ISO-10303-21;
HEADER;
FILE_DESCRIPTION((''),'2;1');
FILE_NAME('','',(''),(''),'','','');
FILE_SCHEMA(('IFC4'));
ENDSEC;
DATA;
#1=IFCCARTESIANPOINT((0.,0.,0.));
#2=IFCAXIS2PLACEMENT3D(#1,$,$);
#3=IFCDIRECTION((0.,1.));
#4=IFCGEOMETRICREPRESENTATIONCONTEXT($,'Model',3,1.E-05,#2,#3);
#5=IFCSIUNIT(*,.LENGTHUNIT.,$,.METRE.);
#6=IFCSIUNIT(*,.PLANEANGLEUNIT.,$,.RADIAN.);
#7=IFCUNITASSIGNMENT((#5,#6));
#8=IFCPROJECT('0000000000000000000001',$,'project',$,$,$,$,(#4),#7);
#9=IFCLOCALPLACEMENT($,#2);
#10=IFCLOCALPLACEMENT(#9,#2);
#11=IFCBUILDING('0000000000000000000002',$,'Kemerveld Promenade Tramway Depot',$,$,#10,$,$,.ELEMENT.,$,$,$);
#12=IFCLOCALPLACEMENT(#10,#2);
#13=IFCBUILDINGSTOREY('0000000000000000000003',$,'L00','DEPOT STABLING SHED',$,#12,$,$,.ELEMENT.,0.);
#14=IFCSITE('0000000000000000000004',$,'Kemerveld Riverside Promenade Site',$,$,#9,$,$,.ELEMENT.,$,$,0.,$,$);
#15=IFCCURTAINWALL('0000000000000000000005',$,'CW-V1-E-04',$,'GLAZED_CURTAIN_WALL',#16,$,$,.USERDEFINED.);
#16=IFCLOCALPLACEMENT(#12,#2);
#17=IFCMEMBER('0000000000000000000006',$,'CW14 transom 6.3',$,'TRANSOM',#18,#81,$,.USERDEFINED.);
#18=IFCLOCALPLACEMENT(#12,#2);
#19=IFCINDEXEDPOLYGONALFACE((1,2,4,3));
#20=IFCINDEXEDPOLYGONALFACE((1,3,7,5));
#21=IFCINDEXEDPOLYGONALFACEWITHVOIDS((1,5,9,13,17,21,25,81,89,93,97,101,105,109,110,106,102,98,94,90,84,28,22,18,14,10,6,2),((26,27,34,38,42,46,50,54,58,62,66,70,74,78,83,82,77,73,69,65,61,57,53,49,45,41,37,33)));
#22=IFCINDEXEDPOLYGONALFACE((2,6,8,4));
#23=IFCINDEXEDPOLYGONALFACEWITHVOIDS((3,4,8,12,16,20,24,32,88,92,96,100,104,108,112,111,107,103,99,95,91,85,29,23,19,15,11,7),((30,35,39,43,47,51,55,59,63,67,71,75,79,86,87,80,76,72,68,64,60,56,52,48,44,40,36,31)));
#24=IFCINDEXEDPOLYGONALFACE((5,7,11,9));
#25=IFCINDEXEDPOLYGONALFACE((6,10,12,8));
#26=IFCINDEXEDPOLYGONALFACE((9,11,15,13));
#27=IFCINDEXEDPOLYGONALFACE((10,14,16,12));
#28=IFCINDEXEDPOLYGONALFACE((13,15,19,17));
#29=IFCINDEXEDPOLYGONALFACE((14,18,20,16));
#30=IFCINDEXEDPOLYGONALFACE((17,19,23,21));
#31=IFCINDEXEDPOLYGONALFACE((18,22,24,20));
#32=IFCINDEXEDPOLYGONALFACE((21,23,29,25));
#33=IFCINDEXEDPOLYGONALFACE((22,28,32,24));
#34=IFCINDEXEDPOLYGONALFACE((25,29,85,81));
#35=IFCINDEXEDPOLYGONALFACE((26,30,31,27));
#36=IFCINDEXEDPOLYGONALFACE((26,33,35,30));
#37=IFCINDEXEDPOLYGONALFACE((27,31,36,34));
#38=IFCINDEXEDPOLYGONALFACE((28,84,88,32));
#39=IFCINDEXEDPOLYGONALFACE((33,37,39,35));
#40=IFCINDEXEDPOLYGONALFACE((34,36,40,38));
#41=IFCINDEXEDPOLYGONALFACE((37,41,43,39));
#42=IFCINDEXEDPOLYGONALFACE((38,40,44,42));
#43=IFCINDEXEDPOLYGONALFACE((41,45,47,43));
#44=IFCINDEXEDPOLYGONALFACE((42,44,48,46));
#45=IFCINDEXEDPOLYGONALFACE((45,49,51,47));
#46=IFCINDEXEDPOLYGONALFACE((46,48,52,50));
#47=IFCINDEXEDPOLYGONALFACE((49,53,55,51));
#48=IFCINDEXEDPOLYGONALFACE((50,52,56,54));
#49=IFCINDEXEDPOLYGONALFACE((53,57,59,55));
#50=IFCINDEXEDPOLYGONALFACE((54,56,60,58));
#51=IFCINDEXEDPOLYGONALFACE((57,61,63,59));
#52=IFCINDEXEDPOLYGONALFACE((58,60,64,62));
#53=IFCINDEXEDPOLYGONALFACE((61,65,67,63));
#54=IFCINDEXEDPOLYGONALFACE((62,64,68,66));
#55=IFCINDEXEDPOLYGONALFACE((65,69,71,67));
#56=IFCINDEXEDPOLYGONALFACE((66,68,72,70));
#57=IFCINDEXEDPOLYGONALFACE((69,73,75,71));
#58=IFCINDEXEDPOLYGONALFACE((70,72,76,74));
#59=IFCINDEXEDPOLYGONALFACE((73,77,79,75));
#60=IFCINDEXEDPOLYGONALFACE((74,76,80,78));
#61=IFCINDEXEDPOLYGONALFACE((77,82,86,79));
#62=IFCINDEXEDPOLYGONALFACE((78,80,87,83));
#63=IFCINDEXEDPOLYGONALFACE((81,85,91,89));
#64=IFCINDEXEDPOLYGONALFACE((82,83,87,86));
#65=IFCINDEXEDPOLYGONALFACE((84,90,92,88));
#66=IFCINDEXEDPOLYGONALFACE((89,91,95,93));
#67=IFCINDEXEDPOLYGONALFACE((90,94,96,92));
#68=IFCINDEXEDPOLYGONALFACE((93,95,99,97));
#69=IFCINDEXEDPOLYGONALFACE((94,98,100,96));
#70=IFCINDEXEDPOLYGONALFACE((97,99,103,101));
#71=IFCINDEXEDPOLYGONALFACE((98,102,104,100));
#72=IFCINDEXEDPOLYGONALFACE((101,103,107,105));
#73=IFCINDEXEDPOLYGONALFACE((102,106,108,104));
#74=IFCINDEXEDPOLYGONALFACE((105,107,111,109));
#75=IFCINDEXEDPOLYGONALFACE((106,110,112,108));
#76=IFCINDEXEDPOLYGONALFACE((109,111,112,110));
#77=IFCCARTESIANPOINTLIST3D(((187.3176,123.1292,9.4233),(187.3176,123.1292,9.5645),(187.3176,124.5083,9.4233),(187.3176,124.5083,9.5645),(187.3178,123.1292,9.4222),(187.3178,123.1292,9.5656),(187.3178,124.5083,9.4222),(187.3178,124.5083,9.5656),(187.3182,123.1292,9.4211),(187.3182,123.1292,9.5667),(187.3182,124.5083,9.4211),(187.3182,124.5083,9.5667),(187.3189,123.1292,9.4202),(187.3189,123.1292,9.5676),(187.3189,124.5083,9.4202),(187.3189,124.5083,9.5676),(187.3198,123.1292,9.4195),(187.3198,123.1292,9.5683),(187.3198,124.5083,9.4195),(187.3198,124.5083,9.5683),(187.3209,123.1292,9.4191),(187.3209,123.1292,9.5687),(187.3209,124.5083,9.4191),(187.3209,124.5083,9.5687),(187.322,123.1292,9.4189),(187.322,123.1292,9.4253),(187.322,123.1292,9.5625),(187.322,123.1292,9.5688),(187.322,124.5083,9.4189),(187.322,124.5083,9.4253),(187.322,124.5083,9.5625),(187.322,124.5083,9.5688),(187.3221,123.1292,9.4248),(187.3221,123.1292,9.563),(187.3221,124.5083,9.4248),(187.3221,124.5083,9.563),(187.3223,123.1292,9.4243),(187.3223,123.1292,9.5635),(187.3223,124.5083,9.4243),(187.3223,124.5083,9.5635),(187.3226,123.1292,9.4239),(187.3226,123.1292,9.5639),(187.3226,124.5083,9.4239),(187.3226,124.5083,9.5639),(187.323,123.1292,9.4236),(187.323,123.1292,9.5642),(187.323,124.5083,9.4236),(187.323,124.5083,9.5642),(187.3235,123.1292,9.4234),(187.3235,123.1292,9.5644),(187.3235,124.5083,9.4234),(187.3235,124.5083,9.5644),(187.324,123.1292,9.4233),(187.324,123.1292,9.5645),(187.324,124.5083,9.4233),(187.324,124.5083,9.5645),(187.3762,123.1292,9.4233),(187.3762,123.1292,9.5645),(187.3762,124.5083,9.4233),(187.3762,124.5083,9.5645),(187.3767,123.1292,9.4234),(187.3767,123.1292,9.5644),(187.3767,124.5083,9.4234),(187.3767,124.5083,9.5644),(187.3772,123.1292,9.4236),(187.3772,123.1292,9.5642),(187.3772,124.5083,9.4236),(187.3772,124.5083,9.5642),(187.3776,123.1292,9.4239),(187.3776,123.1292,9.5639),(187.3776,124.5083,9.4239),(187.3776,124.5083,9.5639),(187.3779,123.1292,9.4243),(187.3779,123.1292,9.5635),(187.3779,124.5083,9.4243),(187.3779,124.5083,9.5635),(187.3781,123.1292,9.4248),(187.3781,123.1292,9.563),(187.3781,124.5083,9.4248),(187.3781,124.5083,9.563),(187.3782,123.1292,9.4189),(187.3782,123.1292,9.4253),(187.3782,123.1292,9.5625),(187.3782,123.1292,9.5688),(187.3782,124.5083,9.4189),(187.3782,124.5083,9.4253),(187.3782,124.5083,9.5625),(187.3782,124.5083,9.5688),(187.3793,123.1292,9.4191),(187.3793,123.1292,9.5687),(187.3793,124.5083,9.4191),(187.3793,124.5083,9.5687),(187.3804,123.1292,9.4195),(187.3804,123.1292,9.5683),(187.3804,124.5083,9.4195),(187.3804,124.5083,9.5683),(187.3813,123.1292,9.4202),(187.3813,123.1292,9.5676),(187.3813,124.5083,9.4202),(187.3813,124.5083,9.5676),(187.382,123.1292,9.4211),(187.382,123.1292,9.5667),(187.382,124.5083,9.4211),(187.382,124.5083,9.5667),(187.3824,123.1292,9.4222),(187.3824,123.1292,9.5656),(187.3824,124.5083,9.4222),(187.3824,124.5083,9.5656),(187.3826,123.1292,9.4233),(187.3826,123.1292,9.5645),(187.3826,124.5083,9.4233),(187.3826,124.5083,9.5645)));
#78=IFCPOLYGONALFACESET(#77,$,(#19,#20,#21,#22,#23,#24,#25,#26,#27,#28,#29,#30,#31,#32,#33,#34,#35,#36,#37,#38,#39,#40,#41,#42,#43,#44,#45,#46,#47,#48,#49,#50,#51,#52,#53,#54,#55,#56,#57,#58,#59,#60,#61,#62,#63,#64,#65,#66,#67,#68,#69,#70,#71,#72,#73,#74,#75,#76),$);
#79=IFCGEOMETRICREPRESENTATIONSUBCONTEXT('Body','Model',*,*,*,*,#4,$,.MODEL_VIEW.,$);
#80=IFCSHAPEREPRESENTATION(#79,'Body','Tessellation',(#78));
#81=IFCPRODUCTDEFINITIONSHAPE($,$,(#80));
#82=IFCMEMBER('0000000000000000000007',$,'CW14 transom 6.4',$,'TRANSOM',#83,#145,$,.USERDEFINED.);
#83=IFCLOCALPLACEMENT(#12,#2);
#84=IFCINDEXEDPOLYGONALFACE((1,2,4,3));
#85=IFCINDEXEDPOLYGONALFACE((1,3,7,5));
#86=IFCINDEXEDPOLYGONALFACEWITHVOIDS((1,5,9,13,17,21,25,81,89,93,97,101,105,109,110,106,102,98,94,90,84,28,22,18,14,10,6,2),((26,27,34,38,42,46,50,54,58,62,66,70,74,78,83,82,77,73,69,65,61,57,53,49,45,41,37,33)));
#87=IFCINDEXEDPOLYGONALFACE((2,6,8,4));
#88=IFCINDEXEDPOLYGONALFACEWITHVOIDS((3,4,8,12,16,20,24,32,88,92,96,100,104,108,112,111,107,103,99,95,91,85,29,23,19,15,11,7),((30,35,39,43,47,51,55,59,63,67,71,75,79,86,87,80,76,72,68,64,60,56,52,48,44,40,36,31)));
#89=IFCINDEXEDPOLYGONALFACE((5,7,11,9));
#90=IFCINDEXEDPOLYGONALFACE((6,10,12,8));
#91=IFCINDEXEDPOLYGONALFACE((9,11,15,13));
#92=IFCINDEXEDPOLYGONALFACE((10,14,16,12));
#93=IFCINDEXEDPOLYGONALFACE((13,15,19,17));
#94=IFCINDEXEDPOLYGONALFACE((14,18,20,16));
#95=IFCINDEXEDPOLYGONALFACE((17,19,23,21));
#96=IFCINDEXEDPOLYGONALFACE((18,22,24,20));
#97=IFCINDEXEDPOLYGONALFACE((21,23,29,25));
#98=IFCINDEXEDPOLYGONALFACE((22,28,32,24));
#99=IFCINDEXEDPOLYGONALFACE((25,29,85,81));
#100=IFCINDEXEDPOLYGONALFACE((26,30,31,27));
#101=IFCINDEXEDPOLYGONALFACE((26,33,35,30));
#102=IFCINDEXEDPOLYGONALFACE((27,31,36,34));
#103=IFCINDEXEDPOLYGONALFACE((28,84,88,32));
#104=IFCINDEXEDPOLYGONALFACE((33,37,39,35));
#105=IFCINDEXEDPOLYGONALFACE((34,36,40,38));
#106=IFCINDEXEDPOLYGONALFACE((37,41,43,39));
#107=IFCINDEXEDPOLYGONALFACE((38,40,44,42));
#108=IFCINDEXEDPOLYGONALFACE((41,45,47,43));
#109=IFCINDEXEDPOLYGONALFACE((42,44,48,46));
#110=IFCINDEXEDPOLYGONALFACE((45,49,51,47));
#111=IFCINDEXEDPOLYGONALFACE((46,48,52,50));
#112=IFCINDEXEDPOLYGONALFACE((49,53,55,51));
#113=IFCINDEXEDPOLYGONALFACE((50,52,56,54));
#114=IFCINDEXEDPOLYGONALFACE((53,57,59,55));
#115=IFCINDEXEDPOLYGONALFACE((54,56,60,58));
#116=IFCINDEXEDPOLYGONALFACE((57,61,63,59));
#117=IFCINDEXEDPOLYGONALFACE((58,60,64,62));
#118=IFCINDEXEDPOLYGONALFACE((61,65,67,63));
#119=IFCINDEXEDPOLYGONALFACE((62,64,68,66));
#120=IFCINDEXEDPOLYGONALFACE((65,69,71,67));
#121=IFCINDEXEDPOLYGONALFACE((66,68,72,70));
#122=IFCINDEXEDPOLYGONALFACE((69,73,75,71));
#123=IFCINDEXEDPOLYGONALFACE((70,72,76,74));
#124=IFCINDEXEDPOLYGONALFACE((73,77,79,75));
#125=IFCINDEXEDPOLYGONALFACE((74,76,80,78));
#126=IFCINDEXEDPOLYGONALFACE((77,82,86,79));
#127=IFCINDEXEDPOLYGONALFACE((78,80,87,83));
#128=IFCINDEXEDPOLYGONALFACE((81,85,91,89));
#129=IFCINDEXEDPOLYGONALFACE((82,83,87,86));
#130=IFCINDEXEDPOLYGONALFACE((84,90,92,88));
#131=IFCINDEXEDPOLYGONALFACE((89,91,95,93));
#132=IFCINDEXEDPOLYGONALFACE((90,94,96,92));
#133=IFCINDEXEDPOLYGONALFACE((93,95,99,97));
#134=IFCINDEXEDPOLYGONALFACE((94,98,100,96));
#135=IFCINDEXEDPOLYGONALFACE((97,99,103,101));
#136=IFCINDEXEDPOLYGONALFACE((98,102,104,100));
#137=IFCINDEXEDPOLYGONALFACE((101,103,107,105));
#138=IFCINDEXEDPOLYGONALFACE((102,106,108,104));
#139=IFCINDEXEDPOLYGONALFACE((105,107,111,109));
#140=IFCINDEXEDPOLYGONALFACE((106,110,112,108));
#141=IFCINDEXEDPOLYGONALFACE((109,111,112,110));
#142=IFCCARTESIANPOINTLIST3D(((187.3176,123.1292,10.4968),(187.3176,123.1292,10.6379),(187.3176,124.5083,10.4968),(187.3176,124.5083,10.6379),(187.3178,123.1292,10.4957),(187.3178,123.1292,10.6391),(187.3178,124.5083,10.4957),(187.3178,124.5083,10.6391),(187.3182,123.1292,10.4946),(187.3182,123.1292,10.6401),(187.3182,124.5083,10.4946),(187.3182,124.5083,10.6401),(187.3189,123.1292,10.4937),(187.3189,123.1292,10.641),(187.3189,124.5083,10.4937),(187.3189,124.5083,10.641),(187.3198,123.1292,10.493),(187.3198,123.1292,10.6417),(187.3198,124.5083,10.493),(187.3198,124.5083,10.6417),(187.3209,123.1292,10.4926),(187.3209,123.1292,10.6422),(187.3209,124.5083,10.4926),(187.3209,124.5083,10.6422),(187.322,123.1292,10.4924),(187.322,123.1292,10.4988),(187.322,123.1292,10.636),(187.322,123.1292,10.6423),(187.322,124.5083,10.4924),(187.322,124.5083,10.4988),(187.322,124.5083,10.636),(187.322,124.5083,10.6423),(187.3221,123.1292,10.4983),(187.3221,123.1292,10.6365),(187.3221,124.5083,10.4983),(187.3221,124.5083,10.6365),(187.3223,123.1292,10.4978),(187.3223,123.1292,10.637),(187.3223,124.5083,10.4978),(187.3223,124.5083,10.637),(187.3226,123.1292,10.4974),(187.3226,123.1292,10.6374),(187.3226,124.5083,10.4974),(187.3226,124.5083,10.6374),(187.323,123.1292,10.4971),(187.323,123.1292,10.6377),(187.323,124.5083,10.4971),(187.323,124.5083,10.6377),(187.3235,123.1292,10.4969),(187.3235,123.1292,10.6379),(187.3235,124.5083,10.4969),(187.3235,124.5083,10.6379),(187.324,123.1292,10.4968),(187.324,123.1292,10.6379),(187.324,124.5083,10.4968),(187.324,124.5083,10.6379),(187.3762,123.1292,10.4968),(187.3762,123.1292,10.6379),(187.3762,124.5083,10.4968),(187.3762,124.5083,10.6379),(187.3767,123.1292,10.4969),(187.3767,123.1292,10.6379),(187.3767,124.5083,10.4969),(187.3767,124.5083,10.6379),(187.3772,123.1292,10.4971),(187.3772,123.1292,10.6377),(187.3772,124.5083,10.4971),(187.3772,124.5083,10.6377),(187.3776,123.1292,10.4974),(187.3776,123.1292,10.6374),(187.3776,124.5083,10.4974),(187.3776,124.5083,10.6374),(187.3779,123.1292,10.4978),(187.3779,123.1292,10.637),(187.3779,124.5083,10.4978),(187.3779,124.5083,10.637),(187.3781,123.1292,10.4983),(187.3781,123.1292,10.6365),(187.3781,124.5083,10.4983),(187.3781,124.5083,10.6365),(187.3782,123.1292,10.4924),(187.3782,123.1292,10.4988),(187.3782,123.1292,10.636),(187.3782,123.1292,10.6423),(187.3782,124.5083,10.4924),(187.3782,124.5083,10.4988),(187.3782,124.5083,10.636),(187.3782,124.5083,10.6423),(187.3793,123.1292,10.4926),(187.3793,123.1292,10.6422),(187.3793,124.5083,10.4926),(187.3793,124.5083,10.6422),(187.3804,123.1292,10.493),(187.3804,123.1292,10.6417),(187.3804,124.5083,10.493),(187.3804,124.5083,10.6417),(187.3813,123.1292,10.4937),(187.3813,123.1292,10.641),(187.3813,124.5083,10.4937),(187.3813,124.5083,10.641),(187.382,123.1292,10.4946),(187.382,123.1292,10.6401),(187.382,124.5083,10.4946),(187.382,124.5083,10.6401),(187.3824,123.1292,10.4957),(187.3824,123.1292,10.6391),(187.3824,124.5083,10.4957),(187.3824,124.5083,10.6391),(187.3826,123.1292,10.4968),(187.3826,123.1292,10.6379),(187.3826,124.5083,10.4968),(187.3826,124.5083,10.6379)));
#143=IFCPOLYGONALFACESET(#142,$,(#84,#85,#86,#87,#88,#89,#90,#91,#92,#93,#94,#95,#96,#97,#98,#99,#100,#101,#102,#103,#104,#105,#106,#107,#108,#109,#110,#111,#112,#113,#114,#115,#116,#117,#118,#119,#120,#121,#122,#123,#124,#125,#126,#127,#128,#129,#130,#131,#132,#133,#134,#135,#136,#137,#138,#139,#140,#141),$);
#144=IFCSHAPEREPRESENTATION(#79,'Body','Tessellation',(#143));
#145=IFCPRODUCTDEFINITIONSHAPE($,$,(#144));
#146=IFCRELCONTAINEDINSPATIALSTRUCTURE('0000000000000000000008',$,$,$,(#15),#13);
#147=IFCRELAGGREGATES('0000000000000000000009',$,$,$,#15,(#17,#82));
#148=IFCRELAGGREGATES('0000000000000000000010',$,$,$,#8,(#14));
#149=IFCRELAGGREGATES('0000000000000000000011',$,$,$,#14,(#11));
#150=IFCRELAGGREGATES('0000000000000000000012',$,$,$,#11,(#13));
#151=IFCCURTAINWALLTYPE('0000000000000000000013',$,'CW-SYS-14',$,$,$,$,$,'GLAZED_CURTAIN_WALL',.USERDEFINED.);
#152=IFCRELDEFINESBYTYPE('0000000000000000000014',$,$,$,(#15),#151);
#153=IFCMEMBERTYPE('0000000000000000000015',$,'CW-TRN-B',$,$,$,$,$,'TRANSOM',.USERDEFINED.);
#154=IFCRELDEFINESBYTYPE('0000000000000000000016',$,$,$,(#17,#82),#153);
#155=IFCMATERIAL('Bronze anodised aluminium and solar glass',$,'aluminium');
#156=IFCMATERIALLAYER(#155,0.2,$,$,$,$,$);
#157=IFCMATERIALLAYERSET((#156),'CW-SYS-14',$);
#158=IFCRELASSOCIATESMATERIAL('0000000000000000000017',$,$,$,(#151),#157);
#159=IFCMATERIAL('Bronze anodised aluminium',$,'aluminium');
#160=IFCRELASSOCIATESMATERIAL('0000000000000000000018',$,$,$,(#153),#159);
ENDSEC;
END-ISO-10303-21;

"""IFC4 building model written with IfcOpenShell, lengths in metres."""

from ifc_helpers import new_model, si_unit, direction, frame, origin, origin_2d, place, context, subcontext, project, spatial, hollow_rectangle, extrude, material, layer, layer_set, material_profile, profile_set, type_object, element, aggregate, save


model = new_model("IFC4")

# Units and contexts
model_context = context("Model", 3, precision=1e-05, world=origin(), true_north=direction((0.0, 1.0)))
body_context = subcontext(model_context, "Body", "Model", "MODEL_VIEW")
ifc_project = project(units=[si_unit("LENGTHUNIT", "METRE"), si_unit("PLANEANGLEUNIT", "RADIAN")], contexts=[model_context])

# Site, building, storey
site_placement = place(None, origin())
site = spatial("IfcSite", under=ifc_project, at=site_placement, Name="Kemerveld Riverside Promenade Site", CompositionType="ELEMENT", RefElevation=0.0)
building_placement = place(site_placement, origin())
building = spatial("IfcBuilding", under=site, at=building_placement, Name="Kemerveld Promenade Tramway Depot", CompositionType="ELEMENT")
storey_placement = place(building_placement, origin())
storey = spatial("IfcBuildingStorey", under=building, at=storey_placement, Name="L00", Description="DEPOT STABLING SHED", CompositionType="ELEMENT", Elevation=0.0)

# Shared definitions
ifc_material_1 = material(Name="Bronze anodised aluminium and solar glass", Category="aluminium")
ifc_material_2 = material(Name="Bronze anodised aluminium", Category="aluminium")

# Curtain wall
ifc_layer_1 = layer(ifc_material_1, 0.2)
ifc_layer_set_1 = layer_set([ifc_layer_1], Name="CW-SYS-14")
curtain_wall_type_1 = type_object("IfcCurtainWallType", Name="CW-SYS-14", ElementType="GLAZED_CURTAIN_WALL", PredefinedType="USERDEFINED", material=ifc_layer_set_1)
curtain_wall_1_placement = place(storey_placement, origin())
curtain_wall_1 = element("IfcCurtainWall", 1, at=curtain_wall_1_placement, inside=storey, type_object=curtain_wall_type_1, Name="CW-V1-E-04", ObjectType="GLAZED_CURTAIN_WALL", PredefinedType="USERDEFINED")

# Members
ifc_material_profile_1 = material_profile(ifc_material_2, hollow_rectangle(XDim=0.0649, YDim=0.1499, WallThickness=0.0044, InnerFilletRadius=0.002, OuterFilletRadius=0.0044, at=origin_2d()), Name="CW-TRN-150x65")
ifc_profile_set_1 = profile_set([ifc_material_profile_1], Name="Bronze anodised aluminium")
member_type_1 = type_object("IfcMemberType", Name="CW-TRN-B", ElementType="TRANSOM", PredefinedType="USERDEFINED", material=ifc_profile_set_1)
member_1_placement = place(storey_placement, frame((187.3501, 124.5083, 9.4939), z_axis=(0.0, -1.0, 0.0), x_axis=(1.0, 0.0, 0.0)))
member_1 = element("IfcMember", 2, at=member_1_placement, type_object=member_type_1, Name="CW14 transom 6.3", ObjectType="TRANSOM", PredefinedType="USERDEFINED", context=body_context, shape_type="SweptSolid", body=[
    extrude(hollow_rectangle(XDim=0.0649, YDim=0.1499, WallThickness=0.0044, InnerFilletRadius=0.002, OuterFilletRadius=0.0044, at=origin_2d()), origin(), (0.0, 0.0, 1.0), 1.3792),
])
member_2_placement = place(storey_placement, frame((187.3501, 124.5083, 10.5674), z_axis=(0.0, -1.0, 0.0), x_axis=(1.0, 0.0, 0.0)))
member_2 = element("IfcMember", 3, at=member_2_placement, type_object=member_type_1, Name="CW14 transom 6.4", ObjectType="TRANSOM", PredefinedType="USERDEFINED", context=body_context, shape_type="SweptSolid", body=[
    extrude(hollow_rectangle(XDim=0.0649, YDim=0.1499, WallThickness=0.0044, InnerFilletRadius=0.002, OuterFilletRadius=0.0044, at=origin_2d()), origin(), (0.0, 0.0, 1.0), 1.3792),
])

aggregate(curtain_wall_1, [member_1, member_2])

save(model, "model.ifc")
